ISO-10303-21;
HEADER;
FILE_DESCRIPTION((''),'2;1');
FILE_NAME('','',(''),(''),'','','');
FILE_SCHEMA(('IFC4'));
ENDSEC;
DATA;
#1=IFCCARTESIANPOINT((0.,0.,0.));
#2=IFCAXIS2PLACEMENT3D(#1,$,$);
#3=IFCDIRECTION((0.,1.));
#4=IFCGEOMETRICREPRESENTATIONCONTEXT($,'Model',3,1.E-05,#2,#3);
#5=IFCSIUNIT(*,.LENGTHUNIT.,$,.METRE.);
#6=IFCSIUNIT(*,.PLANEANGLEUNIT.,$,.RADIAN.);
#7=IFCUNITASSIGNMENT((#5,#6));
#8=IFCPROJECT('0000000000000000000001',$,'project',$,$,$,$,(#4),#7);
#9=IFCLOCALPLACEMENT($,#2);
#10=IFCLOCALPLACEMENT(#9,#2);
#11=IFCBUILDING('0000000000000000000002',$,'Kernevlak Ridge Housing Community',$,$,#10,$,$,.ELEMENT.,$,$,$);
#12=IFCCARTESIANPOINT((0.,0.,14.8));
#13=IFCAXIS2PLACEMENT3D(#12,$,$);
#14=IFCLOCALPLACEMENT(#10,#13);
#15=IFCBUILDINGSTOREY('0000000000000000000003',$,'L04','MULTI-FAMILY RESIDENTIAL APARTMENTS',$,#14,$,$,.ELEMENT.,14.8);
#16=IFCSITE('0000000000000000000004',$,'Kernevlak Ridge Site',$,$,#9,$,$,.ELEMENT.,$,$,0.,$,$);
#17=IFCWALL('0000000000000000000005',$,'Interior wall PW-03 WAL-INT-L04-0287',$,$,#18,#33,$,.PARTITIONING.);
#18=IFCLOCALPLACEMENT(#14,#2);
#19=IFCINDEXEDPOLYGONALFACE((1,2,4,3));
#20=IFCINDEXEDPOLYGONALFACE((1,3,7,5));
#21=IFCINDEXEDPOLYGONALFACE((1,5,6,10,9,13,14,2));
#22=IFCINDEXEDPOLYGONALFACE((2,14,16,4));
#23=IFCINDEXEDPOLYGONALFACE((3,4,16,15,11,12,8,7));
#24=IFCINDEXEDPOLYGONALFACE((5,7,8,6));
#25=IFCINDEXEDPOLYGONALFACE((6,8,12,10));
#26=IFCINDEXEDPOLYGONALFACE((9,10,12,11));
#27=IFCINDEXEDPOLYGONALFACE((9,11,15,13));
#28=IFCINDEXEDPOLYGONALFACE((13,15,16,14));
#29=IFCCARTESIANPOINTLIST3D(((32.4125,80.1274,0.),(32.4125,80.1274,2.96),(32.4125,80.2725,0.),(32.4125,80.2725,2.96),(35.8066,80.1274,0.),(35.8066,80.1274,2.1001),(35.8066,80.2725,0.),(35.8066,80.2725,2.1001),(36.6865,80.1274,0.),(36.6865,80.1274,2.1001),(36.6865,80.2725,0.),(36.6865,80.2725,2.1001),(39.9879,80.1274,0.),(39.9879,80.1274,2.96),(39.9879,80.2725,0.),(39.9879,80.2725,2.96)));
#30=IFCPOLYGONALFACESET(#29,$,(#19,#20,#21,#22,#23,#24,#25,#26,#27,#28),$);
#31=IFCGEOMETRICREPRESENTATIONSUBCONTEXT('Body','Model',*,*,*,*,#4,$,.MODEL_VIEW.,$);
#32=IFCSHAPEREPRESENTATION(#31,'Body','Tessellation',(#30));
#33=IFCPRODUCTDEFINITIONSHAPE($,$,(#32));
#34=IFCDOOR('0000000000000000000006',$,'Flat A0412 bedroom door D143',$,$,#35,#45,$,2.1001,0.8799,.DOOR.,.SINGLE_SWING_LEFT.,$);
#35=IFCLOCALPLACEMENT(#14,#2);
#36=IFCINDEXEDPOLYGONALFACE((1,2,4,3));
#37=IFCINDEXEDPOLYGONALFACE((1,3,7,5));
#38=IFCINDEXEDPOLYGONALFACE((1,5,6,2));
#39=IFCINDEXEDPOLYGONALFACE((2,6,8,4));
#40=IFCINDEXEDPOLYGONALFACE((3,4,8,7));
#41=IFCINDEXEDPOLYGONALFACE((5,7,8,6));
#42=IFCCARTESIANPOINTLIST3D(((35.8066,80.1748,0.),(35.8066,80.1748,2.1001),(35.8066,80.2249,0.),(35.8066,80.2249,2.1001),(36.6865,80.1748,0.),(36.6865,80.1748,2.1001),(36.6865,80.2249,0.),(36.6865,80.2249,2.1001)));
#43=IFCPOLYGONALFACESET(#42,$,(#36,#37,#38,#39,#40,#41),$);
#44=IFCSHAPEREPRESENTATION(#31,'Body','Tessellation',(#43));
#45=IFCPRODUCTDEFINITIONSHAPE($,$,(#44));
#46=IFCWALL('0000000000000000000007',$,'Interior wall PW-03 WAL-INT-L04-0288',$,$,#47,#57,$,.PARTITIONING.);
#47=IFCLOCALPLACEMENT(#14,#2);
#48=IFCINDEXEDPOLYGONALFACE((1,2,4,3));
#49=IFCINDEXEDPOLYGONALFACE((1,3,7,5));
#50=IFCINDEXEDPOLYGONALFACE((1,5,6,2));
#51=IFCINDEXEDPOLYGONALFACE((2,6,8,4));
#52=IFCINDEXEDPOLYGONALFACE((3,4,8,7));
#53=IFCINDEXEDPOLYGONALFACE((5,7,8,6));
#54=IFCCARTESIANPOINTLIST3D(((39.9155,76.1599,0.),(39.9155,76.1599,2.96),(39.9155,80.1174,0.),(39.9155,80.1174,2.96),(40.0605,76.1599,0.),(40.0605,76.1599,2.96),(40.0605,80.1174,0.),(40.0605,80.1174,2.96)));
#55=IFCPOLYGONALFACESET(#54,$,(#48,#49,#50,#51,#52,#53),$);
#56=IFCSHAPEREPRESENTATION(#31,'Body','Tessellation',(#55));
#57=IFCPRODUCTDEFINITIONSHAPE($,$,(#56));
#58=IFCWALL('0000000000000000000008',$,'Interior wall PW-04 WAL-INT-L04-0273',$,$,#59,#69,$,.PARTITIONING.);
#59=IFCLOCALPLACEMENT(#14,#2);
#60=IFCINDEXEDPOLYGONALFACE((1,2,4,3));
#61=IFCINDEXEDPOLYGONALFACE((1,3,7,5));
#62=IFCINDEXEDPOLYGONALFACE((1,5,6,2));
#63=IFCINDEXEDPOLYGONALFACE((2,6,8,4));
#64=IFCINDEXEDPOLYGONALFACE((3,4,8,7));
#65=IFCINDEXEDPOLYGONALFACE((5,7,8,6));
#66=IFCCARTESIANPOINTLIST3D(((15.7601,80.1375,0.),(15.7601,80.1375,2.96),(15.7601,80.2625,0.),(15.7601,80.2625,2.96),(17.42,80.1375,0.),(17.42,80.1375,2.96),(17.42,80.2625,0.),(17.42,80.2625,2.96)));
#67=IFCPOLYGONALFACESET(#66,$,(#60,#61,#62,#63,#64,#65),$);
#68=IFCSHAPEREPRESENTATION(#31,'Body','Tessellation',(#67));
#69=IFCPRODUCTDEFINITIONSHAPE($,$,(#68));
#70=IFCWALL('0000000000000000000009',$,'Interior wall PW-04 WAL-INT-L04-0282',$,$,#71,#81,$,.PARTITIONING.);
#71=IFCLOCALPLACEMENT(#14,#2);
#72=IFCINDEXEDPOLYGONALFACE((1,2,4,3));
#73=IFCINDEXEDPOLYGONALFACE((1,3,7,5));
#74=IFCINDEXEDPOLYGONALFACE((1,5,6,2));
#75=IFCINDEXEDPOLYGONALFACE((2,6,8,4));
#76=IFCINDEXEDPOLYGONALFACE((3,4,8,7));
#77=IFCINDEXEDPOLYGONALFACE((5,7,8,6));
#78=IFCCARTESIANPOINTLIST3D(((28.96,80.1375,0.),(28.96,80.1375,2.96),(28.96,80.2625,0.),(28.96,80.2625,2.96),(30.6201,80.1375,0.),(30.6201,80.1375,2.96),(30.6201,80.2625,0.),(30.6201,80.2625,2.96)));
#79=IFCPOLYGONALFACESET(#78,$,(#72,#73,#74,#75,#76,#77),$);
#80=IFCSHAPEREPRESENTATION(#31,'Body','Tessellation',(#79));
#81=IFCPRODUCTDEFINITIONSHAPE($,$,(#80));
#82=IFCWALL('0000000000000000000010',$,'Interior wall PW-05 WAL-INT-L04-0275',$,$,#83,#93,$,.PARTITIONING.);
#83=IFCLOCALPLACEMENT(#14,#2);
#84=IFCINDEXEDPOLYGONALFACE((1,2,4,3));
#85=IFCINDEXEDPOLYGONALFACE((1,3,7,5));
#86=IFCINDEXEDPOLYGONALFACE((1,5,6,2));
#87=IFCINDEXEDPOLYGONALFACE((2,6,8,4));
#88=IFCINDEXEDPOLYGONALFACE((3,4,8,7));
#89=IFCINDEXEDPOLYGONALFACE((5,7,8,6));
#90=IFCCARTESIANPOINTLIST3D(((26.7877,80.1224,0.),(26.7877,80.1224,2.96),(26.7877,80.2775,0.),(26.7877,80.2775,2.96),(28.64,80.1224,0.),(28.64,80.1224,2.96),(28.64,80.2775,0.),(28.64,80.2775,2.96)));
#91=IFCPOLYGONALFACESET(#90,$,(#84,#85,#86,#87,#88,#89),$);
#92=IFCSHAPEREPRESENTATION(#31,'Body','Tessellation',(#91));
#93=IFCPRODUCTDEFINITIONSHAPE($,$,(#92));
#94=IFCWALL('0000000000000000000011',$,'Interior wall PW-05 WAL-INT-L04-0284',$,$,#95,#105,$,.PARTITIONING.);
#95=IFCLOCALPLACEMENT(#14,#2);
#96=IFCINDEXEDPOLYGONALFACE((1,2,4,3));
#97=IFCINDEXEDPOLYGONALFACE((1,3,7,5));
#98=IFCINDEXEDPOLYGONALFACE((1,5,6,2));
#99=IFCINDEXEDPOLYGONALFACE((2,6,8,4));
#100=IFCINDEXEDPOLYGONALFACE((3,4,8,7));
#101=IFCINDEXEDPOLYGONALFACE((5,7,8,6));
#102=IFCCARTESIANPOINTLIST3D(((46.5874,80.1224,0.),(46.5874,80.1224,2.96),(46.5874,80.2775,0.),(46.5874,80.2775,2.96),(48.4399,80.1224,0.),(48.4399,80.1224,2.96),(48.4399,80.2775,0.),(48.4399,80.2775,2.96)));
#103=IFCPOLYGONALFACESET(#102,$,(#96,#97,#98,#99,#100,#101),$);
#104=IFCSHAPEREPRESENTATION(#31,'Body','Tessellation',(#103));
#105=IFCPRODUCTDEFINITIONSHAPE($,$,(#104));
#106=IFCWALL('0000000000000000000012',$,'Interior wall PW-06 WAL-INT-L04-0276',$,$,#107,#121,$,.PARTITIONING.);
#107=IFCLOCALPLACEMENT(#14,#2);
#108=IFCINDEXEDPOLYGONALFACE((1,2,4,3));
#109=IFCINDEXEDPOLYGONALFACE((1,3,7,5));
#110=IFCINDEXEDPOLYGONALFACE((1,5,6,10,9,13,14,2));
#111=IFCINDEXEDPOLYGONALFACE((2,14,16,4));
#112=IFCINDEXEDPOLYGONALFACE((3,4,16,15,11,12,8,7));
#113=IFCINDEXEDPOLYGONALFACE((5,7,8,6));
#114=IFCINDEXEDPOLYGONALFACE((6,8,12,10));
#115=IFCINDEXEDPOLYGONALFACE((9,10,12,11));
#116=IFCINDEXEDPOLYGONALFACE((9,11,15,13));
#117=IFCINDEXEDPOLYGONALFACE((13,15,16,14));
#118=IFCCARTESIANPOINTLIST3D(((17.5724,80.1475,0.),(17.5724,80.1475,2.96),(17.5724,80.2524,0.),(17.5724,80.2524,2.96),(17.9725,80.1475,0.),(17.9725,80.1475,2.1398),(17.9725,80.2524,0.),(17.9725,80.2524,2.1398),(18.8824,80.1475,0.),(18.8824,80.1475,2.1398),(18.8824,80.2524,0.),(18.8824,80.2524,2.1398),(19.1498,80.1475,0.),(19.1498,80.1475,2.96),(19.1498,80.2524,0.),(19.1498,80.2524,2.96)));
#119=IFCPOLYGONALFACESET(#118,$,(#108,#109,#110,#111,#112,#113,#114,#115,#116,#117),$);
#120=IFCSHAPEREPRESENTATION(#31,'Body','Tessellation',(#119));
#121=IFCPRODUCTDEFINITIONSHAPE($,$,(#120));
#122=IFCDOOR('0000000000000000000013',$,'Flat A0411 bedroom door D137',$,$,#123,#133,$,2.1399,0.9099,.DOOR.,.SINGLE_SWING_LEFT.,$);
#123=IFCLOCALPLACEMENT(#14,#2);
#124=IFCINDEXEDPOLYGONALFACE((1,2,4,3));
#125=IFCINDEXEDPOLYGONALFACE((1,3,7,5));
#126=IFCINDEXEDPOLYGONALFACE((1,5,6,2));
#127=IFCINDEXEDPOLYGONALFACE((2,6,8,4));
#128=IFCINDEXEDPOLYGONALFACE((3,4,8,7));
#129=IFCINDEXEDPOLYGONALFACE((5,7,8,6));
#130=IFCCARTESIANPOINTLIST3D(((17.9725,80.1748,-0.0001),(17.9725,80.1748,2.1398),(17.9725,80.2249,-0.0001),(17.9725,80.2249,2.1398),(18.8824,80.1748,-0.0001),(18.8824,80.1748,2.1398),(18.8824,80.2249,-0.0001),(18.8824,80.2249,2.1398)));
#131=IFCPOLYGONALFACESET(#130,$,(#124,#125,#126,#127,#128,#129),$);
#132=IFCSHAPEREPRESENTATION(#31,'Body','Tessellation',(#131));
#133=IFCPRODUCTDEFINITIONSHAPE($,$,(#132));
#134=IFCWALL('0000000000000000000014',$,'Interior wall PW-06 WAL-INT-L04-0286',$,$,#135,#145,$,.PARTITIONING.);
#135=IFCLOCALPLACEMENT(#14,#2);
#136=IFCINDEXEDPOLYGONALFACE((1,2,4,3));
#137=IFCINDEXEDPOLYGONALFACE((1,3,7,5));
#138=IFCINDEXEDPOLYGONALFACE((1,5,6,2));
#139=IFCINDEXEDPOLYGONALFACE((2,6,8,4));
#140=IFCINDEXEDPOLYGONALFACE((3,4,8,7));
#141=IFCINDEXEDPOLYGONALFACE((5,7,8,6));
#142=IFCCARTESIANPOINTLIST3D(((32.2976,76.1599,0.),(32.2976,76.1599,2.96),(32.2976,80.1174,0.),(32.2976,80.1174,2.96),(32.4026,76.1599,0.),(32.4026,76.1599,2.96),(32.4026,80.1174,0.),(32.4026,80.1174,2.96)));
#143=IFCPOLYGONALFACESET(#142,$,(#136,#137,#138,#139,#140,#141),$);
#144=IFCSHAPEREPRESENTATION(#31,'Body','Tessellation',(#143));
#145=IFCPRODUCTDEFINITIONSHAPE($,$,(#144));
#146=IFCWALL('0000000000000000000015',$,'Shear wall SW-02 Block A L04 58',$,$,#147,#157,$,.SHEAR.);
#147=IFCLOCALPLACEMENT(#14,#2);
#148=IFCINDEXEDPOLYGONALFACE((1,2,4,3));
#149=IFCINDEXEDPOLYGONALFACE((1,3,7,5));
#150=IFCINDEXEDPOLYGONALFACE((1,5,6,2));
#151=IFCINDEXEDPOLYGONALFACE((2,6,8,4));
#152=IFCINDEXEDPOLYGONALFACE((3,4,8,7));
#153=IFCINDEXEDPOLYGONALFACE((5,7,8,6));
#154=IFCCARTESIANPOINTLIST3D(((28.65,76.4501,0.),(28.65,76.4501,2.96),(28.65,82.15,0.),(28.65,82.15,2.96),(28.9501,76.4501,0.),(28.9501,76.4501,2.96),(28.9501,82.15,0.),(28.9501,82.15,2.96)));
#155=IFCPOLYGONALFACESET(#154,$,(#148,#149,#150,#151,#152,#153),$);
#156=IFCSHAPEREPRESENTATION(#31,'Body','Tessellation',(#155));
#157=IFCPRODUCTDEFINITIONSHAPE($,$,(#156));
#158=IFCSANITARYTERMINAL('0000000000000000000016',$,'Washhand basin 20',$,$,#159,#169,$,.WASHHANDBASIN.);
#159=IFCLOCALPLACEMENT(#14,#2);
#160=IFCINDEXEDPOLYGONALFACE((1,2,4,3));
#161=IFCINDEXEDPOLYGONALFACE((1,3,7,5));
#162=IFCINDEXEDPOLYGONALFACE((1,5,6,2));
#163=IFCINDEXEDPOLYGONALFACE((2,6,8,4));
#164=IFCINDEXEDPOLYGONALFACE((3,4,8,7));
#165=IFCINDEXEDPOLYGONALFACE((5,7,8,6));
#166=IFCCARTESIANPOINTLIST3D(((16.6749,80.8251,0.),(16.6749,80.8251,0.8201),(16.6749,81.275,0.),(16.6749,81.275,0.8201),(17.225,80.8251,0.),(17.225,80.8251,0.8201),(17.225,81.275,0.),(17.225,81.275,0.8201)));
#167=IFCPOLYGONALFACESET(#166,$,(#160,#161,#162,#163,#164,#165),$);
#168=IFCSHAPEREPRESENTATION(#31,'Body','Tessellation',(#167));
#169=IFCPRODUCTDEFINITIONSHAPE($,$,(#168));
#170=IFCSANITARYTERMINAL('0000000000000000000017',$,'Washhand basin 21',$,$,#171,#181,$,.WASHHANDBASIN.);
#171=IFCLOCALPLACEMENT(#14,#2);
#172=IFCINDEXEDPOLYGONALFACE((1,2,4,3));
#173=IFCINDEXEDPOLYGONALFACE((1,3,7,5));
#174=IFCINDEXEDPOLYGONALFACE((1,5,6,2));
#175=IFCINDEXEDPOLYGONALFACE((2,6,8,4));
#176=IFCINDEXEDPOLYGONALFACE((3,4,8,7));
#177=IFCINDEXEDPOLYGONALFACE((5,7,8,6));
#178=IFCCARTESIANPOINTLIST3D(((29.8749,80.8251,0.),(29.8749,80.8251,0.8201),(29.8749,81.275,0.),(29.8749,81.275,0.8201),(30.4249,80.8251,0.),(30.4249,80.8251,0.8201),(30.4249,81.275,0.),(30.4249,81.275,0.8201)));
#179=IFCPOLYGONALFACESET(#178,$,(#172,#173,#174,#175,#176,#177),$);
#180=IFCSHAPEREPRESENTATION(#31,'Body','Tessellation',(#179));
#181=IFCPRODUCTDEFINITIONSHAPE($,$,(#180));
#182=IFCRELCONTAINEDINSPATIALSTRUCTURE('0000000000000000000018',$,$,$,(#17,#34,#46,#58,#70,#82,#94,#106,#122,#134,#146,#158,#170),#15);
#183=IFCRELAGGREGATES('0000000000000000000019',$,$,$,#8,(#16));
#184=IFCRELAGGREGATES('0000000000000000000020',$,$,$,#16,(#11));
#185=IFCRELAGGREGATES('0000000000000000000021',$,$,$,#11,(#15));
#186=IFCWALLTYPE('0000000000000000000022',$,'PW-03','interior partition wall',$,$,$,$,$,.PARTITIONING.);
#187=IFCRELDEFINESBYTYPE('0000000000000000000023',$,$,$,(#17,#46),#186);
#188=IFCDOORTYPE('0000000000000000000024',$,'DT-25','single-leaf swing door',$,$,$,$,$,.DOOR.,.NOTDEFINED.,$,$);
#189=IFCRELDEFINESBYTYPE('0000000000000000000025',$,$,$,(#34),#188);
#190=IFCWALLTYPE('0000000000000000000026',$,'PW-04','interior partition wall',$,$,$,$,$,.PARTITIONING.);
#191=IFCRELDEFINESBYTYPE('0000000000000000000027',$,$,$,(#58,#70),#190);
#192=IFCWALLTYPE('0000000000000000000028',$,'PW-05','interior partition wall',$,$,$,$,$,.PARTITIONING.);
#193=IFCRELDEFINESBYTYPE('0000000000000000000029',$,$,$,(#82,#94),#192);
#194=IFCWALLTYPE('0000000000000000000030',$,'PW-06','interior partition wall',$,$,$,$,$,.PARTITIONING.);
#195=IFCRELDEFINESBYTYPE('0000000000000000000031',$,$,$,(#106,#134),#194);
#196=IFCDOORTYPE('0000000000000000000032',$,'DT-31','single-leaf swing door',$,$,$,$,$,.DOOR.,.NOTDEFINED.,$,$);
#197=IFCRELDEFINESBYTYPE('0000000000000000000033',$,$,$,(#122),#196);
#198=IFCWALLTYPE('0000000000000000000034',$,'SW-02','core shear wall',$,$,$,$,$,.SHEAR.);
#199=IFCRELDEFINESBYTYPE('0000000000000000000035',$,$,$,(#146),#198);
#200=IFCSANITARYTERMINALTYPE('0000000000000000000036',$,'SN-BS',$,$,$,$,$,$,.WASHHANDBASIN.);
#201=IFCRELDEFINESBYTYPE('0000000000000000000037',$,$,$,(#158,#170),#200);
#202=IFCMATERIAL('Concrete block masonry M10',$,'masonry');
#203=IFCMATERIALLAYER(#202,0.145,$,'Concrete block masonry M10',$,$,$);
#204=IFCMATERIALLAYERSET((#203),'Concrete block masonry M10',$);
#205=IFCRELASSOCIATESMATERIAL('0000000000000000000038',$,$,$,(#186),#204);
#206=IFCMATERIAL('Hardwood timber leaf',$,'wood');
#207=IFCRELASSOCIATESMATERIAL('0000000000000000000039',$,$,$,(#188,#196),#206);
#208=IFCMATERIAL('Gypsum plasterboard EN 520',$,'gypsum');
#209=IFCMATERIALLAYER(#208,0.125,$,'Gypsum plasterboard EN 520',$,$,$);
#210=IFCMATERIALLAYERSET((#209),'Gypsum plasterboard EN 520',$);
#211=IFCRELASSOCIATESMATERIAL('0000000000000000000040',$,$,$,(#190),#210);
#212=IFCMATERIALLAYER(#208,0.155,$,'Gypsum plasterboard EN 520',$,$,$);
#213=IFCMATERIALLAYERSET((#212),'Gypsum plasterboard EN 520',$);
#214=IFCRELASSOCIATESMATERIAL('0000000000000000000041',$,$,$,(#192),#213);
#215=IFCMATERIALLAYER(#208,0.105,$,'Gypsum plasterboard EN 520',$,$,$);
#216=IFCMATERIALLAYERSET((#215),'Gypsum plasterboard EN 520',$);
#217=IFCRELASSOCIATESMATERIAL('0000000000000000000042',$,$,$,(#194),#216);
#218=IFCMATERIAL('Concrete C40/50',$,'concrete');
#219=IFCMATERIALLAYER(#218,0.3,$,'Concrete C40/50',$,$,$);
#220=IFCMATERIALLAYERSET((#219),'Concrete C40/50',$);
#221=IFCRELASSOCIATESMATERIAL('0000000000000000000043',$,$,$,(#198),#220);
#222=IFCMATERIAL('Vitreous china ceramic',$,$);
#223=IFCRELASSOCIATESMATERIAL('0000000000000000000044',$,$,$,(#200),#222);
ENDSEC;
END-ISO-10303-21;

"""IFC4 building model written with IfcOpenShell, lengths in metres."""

from ifc_helpers import new_model, si_unit, direction, frame, frame_2d, origin, origin_2d, place, context, subcontext, project, spatial, rectangle, extrude, material, layer, layer_set, type_object, element, fill, save


model = new_model("IFC4")

# Units and contexts
model_context = context("Model", 3, precision=1e-05, world=origin(), true_north=direction((0.0, 1.0)))
body_context = subcontext(model_context, "Body", "Model", "MODEL_VIEW")
ifc_project = project(units=[si_unit("LENGTHUNIT", "METRE"), si_unit("PLANEANGLEUNIT", "RADIAN")], contexts=[model_context])

# Site, building, storey
site_placement = place(None, origin())
site = spatial("IfcSite", under=ifc_project, at=site_placement, Name="Kernevlak Ridge Site", CompositionType="ELEMENT", RefElevation=0.0)
building_placement = place(site_placement, origin())
building = spatial("IfcBuilding", under=site, at=building_placement, Name="Kernevlak Ridge Housing Community", CompositionType="ELEMENT")
storey_placement = place(building_placement, frame((0.0, 0.0, 14.8)))
storey = spatial("IfcBuildingStorey", under=building, at=storey_placement, Name="L04", Description="MULTI-FAMILY RESIDENTIAL APARTMENTS", CompositionType="ELEMENT", Elevation=14.8)

# Shared definitions
ifc_material_1 = material(Name="Concrete C40/50", Category="concrete")

# Shared definitions
ifc_material_2 = material(Name="Concrete block masonry M10", Category="masonry")

# Shared definitions
ifc_layer_1 = layer(ifc_material_2, 0.145, Name="Concrete block masonry M10")
ifc_layer_set_1 = layer_set([ifc_layer_1], Name="Concrete block masonry M10")
wall_type_1 = type_object("IfcWallType", Name="PW-03", Description="interior partition wall", PredefinedType="PARTITIONING", material=ifc_layer_set_1)

# Shared definitions
ifc_material_3 = material(Name="Hardwood timber leaf", Category="wood")

# Wall, opening, door
wall_1_placement = place(storey_placement, frame((32.4126, 80.2, 0.0), z_axis=(0.0, 0.0, 1.0), x_axis=(1.0, 0.0, 0.0)))
wall_1 = element("IfcWall", 1, at=wall_1_placement, inside=storey, type_object=wall_type_1, Name="Interior wall PW-03 WAL-INT-L04-0287", PredefinedType="PARTITIONING", context=body_context, shape_type="SweptSolid", body=[
    extrude(rectangle(XDim=7.5754, YDim=0.145, at=frame_2d((3.7876, 0.0))), origin(), (0.0, 0.0, 1.0), 2.96),
])
opening_1_placement = place(wall_1_placement, frame((3.394, 0.0, 0.0)))
opening_1 = element("IfcOpeningElement", 2, at=opening_1_placement, cuts=wall_1, PredefinedType="OPENING", context=body_context, shape_type="SweptSolid", body=[
    extrude(rectangle(XDim=0.8799, YDim=2.1001, at=frame_2d((0.4399, 1.05))), frame((0.0, 0.0825, 0.0), z_axis=(0.0, -1.0, 0.0), x_axis=(1.0, 0.0, 0.0)), (0.0, 0.0, 1.0), 0.165),
])
door_type_1 = type_object("IfcDoorType", Name="DT-25", Description="single-leaf swing door", OperationType="NOTDEFINED", PredefinedType="DOOR", material=ifc_material_3)
door_1_placement = place(opening_1_placement, origin())
door_1 = element("IfcDoor", 3, at=door_1_placement, inside=storey, type_object=door_type_1, Name="Flat A0412 bedroom door D143", OperationType="SINGLE_SWING_LEFT", OverallHeight=2.1001, OverallWidth=0.8799, PredefinedType="DOOR", context=body_context, shape_type="SweptSolid", body=[
    extrude(rectangle(XDim=0.8799, YDim=2.1001, at=frame_2d((0.4399, 1.05))), frame((0.0, 0.0249, 0.0), z_axis=(0.0, -1.0, 0.0), x_axis=(1.0, 0.0, 0.0)), (0.0, 0.0, 1.0), 0.05),
])
fill(opening_1, door_1)

# Walls
wall_2_placement = place(storey_placement, frame((39.988, 80.1174, 0.0), z_axis=(0.0, 0.0, 1.0), x_axis=(0.0, -1.0, 0.0)))
element("IfcWall", 4, at=wall_2_placement, inside=storey, type_object=wall_type_1, Name="Interior wall PW-03 WAL-INT-L04-0288", PredefinedType="PARTITIONING", context=body_context, shape_type="SweptSolid", body=[
    extrude(rectangle(XDim=3.9575, YDim=0.145, at=frame_2d((1.9788, 0.0))), origin(), (0.0, 0.0, 1.0), 2.96),
])
ifc_material_4 = material(Name="Gypsum plasterboard EN 520", Category="gypsum")
ifc_layer_2 = layer(ifc_material_4, 0.125, Name="Gypsum plasterboard EN 520")
ifc_layer_set_2 = layer_set([ifc_layer_2], Name="Gypsum plasterboard EN 520")
wall_type_2 = type_object("IfcWallType", Name="PW-04", Description="interior partition wall", PredefinedType="PARTITIONING", material=ifc_layer_set_2)
wall_3_placement = place(storey_placement, frame((15.76, 80.2, 0.0), z_axis=(0.0, 0.0, 1.0), x_axis=(1.0, 0.0, 0.0)))
element("IfcWall", 5, at=wall_3_placement, inside=storey, type_object=wall_type_2, Name="Interior wall PW-04 WAL-INT-L04-0273", PredefinedType="PARTITIONING", context=body_context, shape_type="SweptSolid", body=[
    extrude(rectangle(XDim=1.6599, YDim=0.125, at=frame_2d((0.8301, 0.0))), origin(), (0.0, 0.0, 1.0), 2.96),
])
wall_4_placement = place(storey_placement, frame((28.96, 80.2, 0.0), z_axis=(0.0, 0.0, 1.0), x_axis=(1.0, 0.0, 0.0)))
element("IfcWall", 6, at=wall_4_placement, inside=storey, type_object=wall_type_2, Name="Interior wall PW-04 WAL-INT-L04-0282", PredefinedType="PARTITIONING", context=body_context, shape_type="SweptSolid", body=[
    extrude(rectangle(XDim=1.6602, YDim=0.125, at=frame_2d((0.8301, 0.0))), origin(), (0.0, 0.0, 1.0), 2.96),
])
ifc_layer_3 = layer(ifc_material_4, 0.155, Name="Gypsum plasterboard EN 520")
ifc_layer_set_3 = layer_set([ifc_layer_3], Name="Gypsum plasterboard EN 520")
wall_type_3 = type_object("IfcWallType", Name="PW-05", Description="interior partition wall", PredefinedType="PARTITIONING", material=ifc_layer_set_3)
wall_5_placement = place(storey_placement, frame((26.7876, 80.2, 0.0), z_axis=(0.0, 0.0, 1.0), x_axis=(1.0, 0.0, 0.0)))
element("IfcWall", 7, at=wall_5_placement, inside=storey, type_object=wall_type_3, Name="Interior wall PW-05 WAL-INT-L04-0275", PredefinedType="PARTITIONING", context=body_context, shape_type="SweptSolid", body=[
    extrude(rectangle(XDim=1.8523, YDim=0.155, at=frame_2d((0.9263, 0.0))), origin(), (0.0, 0.0, 1.0), 2.96),
])
wall_6_placement = place(storey_placement, frame((46.5874, 80.2, 0.0), z_axis=(0.0, 0.0, 1.0), x_axis=(1.0, 0.0, 0.0)))
element("IfcWall", 8, at=wall_6_placement, inside=storey, type_object=wall_type_3, Name="Interior wall PW-05 WAL-INT-L04-0284", PredefinedType="PARTITIONING", context=body_context, shape_type="SweptSolid", body=[
    extrude(rectangle(XDim=1.8525, YDim=0.155, at=frame_2d((0.9263, 0.0))), origin(), (0.0, 0.0, 1.0), 2.96),
])

# Wall, opening, door
ifc_layer_4 = layer(ifc_material_4, 0.105, Name="Gypsum plasterboard EN 520")
ifc_layer_set_4 = layer_set([ifc_layer_4], Name="Gypsum plasterboard EN 520")
wall_type_4 = type_object("IfcWallType", Name="PW-06", Description="interior partition wall", PredefinedType="PARTITIONING", material=ifc_layer_set_4)
wall_7_placement = place(storey_placement, frame((17.5725, 80.2, 0.0), z_axis=(0.0, 0.0, 1.0), x_axis=(1.0, 0.0, 0.0)))
wall_7 = element("IfcWall", 9, at=wall_7_placement, inside=storey, type_object=wall_type_4, Name="Interior wall PW-06 WAL-INT-L04-0276", PredefinedType="PARTITIONING", context=body_context, shape_type="SweptSolid", body=[
    extrude(rectangle(XDim=1.5774, YDim=0.105, at=frame_2d((0.7886, 0.0))), origin(), (0.0, 0.0, 1.0), 2.96),
])
opening_2_placement = place(wall_7_placement, frame((0.3999, 0.0, 0.0)))
opening_2 = element("IfcOpeningElement", 10, at=opening_2_placement, cuts=wall_7, PredefinedType="OPENING", context=body_context, shape_type="SweptSolid", body=[
    extrude(rectangle(XDim=0.9099, YDim=2.1399, at=frame_2d((0.4551, 1.0698))), frame((0.0, 0.0625, 0.0), z_axis=(0.0, -1.0, 0.0), x_axis=(1.0, 0.0, 0.0)), (0.0, 0.0, 1.0), 0.125),
])
door_type_2 = type_object("IfcDoorType", Name="DT-31", Description="single-leaf swing door", OperationType="NOTDEFINED", PredefinedType="DOOR", material=ifc_material_3)
door_2_placement = place(opening_2_placement, origin())
door_2 = element("IfcDoor", 11, at=door_2_placement, inside=storey, type_object=door_type_2, Name="Flat A0411 bedroom door D137", OperationType="SINGLE_SWING_LEFT", OverallHeight=2.1399, OverallWidth=0.9099, PredefinedType="DOOR", context=body_context, shape_type="SweptSolid", body=[
    extrude(rectangle(XDim=0.9099, YDim=2.1399, at=frame_2d((0.4551, 1.0698))), frame((0.0, 0.0249, 0.0), z_axis=(0.0, -1.0, 0.0), x_axis=(1.0, 0.0, 0.0)), (0.0, 0.0, 1.0), 0.05),
])
fill(opening_2, door_2)

# Walls
wall_8_placement = place(storey_placement, frame((32.3501, 80.1174, 0.0), z_axis=(0.0, 0.0, 1.0), x_axis=(0.0, -1.0, 0.0)))
element("IfcWall", 12, at=wall_8_placement, inside=storey, type_object=wall_type_4, Name="Interior wall PW-06 WAL-INT-L04-0286", PredefinedType="PARTITIONING", context=body_context, shape_type="SweptSolid", body=[
    extrude(rectangle(XDim=3.9575, YDim=0.105, at=frame_2d((1.9788, 0.0))), origin(), (0.0, 0.0, 1.0), 2.96),
])
ifc_layer_5 = layer(ifc_material_1, 0.3, Name="Concrete C40/50")
ifc_layer_set_5 = layer_set([ifc_layer_5], Name="Concrete C40/50")
wall_type_5 = type_object("IfcWallType", Name="SW-02", Description="core shear wall", PredefinedType="SHEAR", material=ifc_layer_set_5)
wall_9_placement = place(storey_placement, frame((28.8, 76.45, 0.0), z_axis=(0.0, 0.0, 1.0), x_axis=(0.0, 1.0, 0.0)))
element("IfcWall", 13, at=wall_9_placement, inside=storey, type_object=wall_type_5, Name="Shear wall SW-02 Block A L04 58", PredefinedType="SHEAR", context=body_context, shape_type="SweptSolid", body=[
    extrude(rectangle(XDim=5.7, YDim=0.3, at=frame_2d((2.8501, 0.0))), origin(), (0.0, 0.0, 1.0), 2.96),
])

# Sanitary terminals
ifc_material_5 = material(Name="Vitreous china ceramic")
sanitary_terminal_type_1 = type_object("IfcSanitaryTerminalType", Name="SN-BS", PredefinedType="WASHHANDBASIN", material=ifc_material_5)
for number, where, z_axis, x_axis, name in (
    (14, (16.95, 81.05, 0.0), (0.0, 0.0, 1.0), (1.0, 0.0, 0.0), "Washhand basin 20"),
    (15, (30.1499, 81.05, 0.0), (0.0, 0.0, 1.0), (1.0, 0.0, 0.0), "Washhand basin 21"),
):
    element("IfcSanitaryTerminal", number, at=place(storey_placement, frame(where, z_axis=z_axis, x_axis=x_axis)), inside=storey, type_object=sanitary_terminal_type_1, Name=name, PredefinedType="WASHHANDBASIN", context=body_context, shape_type="SweptSolid", body=[
        extrude(rectangle(XDim=0.55, YDim=0.45, at=origin_2d()), origin(), (0.0, 0.0, 1.0), 0.8201),
    ])

save(model, "model.ifc")
